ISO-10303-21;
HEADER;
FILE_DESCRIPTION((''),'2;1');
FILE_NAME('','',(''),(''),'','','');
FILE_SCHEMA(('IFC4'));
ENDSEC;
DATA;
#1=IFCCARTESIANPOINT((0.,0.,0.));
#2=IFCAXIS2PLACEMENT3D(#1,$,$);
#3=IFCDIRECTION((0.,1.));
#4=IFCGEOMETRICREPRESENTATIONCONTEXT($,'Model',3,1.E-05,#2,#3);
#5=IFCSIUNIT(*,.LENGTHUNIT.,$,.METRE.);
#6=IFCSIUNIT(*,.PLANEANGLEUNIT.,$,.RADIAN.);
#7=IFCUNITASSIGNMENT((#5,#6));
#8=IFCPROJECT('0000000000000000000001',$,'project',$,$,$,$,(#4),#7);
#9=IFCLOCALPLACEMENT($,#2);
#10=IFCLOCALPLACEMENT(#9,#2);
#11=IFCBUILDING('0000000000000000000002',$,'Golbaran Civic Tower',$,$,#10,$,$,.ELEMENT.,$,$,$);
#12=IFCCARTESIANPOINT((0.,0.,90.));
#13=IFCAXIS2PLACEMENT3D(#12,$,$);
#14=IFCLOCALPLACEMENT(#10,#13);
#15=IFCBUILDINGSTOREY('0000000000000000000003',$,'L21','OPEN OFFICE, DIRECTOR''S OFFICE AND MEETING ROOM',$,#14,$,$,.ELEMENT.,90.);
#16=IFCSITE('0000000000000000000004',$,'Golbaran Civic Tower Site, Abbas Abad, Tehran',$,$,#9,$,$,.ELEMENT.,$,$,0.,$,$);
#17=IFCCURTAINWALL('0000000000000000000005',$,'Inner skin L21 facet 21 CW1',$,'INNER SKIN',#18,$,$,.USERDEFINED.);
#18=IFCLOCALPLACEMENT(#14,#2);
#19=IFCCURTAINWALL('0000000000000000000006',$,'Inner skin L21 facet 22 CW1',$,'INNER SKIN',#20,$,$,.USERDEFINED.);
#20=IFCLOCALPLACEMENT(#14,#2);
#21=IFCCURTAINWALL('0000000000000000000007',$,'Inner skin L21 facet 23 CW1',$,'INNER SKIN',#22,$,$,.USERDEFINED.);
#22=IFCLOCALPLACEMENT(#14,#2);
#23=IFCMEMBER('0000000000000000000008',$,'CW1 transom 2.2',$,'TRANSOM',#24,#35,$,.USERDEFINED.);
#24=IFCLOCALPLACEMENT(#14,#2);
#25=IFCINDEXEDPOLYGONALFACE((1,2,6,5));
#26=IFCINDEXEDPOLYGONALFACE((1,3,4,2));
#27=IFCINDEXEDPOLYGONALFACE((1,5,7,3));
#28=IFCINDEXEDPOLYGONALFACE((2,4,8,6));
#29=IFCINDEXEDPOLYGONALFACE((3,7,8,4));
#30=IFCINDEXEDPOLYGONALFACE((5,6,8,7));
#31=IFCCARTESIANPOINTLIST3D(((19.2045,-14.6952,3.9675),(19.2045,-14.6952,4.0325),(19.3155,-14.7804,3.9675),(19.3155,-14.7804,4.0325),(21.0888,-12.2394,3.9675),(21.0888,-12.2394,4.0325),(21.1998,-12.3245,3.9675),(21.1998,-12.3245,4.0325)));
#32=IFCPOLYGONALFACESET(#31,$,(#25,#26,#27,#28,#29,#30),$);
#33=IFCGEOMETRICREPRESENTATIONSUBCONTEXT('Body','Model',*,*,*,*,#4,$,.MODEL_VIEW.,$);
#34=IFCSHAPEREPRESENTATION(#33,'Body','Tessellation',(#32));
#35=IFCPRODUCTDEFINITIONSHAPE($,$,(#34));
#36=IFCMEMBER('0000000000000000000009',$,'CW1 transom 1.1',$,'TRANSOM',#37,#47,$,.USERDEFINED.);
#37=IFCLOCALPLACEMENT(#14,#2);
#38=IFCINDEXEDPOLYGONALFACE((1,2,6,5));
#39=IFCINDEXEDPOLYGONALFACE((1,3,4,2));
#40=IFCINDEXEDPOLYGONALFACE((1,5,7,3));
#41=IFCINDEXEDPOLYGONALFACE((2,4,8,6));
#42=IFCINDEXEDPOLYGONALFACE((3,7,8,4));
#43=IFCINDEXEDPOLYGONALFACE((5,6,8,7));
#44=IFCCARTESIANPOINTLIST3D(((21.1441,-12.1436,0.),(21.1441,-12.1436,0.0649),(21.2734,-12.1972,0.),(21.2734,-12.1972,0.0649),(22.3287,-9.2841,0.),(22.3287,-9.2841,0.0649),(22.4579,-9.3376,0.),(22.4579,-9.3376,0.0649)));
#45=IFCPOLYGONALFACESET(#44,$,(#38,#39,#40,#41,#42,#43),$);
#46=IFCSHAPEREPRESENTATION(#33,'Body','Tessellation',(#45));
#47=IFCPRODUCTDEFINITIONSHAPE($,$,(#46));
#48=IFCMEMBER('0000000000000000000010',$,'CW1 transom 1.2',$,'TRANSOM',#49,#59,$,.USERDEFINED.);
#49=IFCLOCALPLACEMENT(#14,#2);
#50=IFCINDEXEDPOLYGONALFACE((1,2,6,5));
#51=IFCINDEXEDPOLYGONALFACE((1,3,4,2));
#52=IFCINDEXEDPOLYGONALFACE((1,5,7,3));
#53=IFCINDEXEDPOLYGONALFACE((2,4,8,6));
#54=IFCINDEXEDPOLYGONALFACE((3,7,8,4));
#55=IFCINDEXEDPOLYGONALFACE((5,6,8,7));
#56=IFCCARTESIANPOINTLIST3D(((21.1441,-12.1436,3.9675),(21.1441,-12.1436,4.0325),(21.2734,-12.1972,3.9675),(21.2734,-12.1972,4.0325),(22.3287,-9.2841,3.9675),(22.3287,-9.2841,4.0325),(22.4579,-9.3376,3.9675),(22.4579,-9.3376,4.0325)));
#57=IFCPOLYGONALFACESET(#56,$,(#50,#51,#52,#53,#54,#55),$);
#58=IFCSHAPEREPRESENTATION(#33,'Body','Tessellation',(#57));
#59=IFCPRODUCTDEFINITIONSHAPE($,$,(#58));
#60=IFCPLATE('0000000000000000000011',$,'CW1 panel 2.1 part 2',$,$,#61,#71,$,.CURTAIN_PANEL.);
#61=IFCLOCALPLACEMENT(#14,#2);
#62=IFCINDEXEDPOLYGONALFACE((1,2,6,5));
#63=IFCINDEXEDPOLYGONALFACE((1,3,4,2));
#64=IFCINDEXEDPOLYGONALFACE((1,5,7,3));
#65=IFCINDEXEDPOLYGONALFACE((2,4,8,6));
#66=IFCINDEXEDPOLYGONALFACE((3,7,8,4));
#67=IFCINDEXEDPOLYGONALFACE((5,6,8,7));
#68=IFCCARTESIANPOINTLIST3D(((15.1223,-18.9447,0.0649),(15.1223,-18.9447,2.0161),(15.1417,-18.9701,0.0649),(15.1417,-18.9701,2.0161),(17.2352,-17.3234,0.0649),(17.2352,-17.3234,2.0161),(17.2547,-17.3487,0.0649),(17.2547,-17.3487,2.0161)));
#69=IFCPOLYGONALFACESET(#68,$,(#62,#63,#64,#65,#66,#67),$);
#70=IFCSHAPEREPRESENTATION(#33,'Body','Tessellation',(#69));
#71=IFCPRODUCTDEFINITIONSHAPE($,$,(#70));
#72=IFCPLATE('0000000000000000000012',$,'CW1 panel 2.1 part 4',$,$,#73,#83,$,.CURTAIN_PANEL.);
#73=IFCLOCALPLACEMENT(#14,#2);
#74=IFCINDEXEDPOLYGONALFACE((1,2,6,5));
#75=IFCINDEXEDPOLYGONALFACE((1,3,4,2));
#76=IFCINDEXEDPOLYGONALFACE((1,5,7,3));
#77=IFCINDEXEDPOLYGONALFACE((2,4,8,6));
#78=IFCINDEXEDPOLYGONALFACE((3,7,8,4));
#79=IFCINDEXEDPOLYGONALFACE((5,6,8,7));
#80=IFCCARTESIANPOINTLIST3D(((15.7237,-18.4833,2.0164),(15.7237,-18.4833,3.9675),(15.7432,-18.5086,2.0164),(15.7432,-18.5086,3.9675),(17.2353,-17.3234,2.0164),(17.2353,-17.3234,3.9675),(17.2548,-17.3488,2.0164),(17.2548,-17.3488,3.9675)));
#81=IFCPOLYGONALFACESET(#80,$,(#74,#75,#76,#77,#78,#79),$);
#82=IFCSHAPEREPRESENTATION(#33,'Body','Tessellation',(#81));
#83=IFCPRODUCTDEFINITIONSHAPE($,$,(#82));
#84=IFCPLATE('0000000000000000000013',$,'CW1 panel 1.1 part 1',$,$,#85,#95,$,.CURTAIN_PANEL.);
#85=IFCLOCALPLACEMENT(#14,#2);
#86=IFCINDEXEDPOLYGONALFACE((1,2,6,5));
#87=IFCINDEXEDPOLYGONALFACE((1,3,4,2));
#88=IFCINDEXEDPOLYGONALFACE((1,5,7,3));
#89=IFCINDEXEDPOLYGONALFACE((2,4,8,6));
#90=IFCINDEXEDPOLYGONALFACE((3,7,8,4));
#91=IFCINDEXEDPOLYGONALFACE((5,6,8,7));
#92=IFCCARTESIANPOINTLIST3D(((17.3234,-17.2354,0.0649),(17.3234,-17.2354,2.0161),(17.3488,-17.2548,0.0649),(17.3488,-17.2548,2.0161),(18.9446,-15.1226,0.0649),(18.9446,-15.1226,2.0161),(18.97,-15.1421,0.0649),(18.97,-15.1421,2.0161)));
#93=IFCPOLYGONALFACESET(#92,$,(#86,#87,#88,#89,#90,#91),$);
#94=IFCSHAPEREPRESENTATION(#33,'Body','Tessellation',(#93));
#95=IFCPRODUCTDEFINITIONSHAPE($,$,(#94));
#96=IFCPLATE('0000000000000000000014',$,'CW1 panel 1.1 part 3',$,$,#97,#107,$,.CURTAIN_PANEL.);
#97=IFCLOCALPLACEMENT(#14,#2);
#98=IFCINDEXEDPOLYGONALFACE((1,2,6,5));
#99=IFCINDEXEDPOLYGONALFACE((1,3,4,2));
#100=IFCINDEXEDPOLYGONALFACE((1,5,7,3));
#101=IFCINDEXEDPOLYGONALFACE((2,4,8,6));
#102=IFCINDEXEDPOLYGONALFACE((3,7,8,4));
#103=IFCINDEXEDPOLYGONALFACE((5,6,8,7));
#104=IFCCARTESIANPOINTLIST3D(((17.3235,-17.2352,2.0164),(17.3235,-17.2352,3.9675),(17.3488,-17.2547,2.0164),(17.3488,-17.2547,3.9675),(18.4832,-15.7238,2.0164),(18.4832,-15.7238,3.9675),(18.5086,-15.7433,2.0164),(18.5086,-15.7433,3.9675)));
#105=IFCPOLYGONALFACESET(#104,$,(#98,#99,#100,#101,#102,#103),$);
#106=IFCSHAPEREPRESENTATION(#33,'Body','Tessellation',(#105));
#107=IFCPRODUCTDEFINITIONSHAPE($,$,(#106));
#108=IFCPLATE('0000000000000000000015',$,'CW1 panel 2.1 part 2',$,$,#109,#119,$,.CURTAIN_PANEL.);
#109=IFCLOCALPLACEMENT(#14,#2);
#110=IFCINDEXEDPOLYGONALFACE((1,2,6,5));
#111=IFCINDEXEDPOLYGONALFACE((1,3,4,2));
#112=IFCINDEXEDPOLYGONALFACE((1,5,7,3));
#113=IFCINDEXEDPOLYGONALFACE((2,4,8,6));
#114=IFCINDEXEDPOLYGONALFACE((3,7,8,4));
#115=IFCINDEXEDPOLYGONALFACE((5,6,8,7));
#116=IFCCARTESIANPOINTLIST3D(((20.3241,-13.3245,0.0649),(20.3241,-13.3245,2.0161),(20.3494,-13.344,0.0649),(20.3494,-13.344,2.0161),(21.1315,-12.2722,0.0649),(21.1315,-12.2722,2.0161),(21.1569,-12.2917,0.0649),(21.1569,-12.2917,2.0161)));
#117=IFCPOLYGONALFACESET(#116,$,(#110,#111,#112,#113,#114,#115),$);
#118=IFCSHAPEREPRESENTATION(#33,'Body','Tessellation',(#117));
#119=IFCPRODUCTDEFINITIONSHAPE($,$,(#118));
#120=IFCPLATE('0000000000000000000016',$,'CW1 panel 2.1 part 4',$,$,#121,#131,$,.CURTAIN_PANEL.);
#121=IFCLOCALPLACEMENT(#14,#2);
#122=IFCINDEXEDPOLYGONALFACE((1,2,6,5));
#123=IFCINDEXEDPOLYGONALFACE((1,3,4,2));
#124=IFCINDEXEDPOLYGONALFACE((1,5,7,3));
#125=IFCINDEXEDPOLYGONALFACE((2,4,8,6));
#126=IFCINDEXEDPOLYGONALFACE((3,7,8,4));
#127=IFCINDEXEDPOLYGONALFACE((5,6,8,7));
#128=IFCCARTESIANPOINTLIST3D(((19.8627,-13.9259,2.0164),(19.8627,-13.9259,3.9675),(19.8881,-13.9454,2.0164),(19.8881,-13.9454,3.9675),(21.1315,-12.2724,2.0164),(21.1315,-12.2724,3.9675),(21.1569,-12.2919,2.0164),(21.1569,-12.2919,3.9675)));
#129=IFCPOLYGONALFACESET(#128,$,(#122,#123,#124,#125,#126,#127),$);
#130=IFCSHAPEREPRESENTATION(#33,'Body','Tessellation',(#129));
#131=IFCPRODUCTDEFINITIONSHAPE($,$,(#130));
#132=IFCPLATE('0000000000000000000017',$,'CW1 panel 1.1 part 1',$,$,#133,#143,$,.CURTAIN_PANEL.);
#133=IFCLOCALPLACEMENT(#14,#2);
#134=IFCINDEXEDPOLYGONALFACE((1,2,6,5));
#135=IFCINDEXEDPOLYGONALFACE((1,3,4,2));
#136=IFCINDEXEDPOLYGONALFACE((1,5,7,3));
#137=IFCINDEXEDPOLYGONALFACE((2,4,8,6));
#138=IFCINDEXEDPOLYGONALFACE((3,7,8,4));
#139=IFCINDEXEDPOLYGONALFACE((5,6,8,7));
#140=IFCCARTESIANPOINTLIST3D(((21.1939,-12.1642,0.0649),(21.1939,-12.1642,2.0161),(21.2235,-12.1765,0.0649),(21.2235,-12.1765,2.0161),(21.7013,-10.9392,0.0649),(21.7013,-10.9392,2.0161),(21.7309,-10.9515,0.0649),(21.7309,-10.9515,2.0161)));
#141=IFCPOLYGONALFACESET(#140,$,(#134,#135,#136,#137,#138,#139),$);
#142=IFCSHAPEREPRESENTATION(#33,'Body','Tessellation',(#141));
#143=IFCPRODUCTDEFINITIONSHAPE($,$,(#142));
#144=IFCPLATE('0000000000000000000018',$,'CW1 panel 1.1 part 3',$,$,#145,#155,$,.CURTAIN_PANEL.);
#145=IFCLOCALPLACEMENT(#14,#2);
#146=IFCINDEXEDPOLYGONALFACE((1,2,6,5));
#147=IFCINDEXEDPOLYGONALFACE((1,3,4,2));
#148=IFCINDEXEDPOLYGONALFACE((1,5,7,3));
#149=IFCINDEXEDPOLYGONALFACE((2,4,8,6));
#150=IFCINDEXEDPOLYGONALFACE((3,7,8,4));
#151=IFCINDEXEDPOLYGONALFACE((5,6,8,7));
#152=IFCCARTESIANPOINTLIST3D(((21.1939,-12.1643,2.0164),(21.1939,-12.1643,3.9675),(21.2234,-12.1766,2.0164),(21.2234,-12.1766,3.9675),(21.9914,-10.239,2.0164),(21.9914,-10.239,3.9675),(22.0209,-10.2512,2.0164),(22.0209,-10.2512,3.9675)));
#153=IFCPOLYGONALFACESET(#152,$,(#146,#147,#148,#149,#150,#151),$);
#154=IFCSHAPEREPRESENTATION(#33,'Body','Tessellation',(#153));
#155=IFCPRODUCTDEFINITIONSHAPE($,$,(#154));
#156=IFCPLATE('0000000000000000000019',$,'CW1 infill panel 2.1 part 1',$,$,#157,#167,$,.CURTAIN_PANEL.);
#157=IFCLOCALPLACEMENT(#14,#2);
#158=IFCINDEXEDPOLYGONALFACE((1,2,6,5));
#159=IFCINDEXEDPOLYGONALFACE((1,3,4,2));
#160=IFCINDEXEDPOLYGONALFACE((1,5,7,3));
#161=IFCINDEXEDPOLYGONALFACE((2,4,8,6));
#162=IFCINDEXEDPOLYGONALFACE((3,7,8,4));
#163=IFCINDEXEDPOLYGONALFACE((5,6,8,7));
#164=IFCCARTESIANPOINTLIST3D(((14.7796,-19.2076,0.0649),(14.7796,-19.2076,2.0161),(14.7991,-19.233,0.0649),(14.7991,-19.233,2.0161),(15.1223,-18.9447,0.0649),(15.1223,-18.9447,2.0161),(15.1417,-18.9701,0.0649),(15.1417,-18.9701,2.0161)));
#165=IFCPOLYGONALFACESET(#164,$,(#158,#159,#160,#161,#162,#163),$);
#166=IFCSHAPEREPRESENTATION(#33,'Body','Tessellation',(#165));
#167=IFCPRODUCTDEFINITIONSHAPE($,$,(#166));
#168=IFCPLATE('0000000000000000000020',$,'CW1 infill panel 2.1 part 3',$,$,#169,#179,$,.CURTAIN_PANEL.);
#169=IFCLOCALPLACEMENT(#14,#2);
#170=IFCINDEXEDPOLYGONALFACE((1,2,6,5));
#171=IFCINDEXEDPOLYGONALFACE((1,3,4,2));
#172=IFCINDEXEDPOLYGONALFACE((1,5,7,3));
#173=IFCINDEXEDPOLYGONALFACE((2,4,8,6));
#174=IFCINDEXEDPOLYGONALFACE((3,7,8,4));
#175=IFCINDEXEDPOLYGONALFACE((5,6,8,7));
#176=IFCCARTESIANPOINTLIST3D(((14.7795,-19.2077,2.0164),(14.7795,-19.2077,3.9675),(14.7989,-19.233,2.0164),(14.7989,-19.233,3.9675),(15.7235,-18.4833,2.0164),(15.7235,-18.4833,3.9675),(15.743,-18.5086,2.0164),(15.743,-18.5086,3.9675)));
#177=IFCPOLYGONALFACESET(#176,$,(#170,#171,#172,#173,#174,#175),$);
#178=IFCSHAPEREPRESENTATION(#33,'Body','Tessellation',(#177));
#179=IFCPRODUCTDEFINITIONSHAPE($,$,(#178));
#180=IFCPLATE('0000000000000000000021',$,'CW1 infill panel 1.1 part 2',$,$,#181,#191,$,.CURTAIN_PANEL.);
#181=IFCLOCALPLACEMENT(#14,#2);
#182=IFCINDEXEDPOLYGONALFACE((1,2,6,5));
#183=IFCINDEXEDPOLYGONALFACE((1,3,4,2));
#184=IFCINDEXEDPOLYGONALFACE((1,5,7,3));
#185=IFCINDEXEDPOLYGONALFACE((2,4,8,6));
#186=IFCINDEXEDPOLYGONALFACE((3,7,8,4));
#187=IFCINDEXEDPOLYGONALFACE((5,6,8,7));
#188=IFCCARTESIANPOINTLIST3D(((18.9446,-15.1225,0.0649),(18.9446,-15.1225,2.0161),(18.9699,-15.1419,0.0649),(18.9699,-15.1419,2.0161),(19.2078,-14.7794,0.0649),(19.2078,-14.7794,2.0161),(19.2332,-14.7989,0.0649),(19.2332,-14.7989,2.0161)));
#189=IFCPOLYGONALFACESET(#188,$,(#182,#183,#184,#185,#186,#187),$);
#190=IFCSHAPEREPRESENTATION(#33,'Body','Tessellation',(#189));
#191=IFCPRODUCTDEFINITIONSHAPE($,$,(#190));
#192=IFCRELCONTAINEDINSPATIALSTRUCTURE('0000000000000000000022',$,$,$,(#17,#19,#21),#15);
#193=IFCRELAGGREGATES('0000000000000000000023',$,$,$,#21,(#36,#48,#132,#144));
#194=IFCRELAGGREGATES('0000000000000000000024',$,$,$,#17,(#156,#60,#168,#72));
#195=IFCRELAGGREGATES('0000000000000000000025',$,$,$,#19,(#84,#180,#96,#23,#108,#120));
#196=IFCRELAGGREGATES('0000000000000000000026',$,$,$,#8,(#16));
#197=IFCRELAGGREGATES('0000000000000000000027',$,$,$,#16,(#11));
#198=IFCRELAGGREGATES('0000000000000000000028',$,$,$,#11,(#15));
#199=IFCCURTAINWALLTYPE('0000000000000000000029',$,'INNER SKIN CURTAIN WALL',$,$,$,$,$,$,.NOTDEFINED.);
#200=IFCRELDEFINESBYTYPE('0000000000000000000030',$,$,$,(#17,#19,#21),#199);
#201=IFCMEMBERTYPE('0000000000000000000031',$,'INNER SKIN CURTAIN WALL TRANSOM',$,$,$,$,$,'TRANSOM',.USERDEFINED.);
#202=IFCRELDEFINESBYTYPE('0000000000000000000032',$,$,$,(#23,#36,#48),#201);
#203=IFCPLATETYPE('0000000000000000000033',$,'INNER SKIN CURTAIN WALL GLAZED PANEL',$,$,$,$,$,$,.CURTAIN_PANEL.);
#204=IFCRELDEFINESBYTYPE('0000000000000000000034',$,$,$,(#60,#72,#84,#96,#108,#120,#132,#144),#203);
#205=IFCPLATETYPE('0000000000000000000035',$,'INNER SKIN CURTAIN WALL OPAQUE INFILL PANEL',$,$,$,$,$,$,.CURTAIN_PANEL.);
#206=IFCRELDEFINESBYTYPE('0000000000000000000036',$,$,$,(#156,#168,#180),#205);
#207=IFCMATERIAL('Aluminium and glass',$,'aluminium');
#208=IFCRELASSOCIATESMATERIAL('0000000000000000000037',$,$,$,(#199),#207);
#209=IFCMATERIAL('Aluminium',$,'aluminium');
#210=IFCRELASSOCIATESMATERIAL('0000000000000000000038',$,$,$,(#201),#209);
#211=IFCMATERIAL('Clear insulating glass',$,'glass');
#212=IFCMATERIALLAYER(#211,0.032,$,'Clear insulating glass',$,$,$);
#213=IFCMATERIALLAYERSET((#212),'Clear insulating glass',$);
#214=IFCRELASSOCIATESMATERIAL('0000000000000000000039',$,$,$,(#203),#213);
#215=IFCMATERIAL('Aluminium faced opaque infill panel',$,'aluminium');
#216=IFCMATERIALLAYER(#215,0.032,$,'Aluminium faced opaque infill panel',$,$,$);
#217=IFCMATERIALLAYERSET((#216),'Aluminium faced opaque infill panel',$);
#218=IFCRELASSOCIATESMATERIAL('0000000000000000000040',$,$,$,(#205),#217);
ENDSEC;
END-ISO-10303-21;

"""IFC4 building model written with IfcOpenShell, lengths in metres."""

from ifc_helpers import new_model, si_unit, direction, frame, origin, origin_2d, place, context, subcontext, project, spatial, rectangle, extrude, material, layer, layer_set, material_profile, profile_set, type_object, element, aggregate, save


model = new_model("IFC4")

# Units and contexts
model_context = context("Model", 3, precision=1e-05, world=origin(), true_north=direction((0.0, 1.0)))
body_context = subcontext(model_context, "Body", "Model", "MODEL_VIEW")
ifc_project = project(units=[si_unit("LENGTHUNIT", "METRE"), si_unit("PLANEANGLEUNIT", "RADIAN")], contexts=[model_context])

# Site, building, storey
site_placement = place(None, origin())
site = spatial("IfcSite", under=ifc_project, at=site_placement, Name="Golbaran Civic Tower Site, Abbas Abad, Tehran", CompositionType="ELEMENT", RefElevation=0.0)
building_placement = place(site_placement, origin())
building = spatial("IfcBuilding", under=site, at=building_placement, Name="Golbaran Civic Tower", CompositionType="ELEMENT")
storey_placement = place(building_placement, frame((0.0, 0.0, 90.0)))
storey = spatial("IfcBuildingStorey", under=building, at=storey_placement, Name="L21", Description="OPEN OFFICE, DIRECTOR'S OFFICE AND MEETING ROOM", CompositionType="ELEMENT", Elevation=90.0)

# Curtain walls
ifc_material_1 = material(Name="Aluminium and glass", Category="aluminium")
curtain_wall_type = type_object("IfcCurtainWallType", Name="INNER SKIN CURTAIN WALL", PredefinedType="NOTDEFINED", material=ifc_material_1)
curtain_wall_1_placement = place(storey_placement, origin())
curtain_wall_1 = element("IfcCurtainWall", 1, at=curtain_wall_1_placement, inside=storey, type_object=curtain_wall_type, Name="Inner skin L21 facet 21 CW1", ObjectType="INNER SKIN", PredefinedType="USERDEFINED")
ifc_material_2 = material(Name="Aluminium", Category="aluminium")
curtain_wall_2_placement = place(storey_placement, origin())
curtain_wall_2 = element("IfcCurtainWall", 2, at=curtain_wall_2_placement, inside=storey, type_object=curtain_wall_type, Name="Inner skin L21 facet 22 CW1", ObjectType="INNER SKIN", PredefinedType="USERDEFINED")

# Curtain wall
curtain_wall_3_placement = place(storey_placement, origin())
curtain_wall_3 = element("IfcCurtainWall", 3, at=curtain_wall_3_placement, inside=storey, type_object=curtain_wall_type, Name="Inner skin L21 facet 23 CW1", ObjectType="INNER SKIN", PredefinedType="USERDEFINED")

# Members
ifc_material_profile_1 = material_profile(ifc_material_2, rectangle(XDim=0.1399, YDim=0.0649, at=origin_2d()), Name="INNER SKIN CURTAIN WALL TRANSOM")
ifc_profile_set_1 = profile_set([ifc_material_profile_1], Name="Aluminium")
member_type_1 = type_object("IfcMemberType", Name="INNER SKIN CURTAIN WALL TRANSOM", ElementType="TRANSOM", PredefinedType="USERDEFINED", material=ifc_profile_set_1)
member_1_placement = place(storey_placement, frame((19.26, -14.7378, 4.0), z_axis=(0.608735, 0.793374, 0.0), x_axis=(-0.793374, 0.608735, 0.0)))
member_1 = element("IfcMember", 4, at=member_1_placement, type_object=member_type_1, Name="CW1 transom 2.2", ObjectType="TRANSOM", PredefinedType="USERDEFINED", context=body_context, shape_type="SweptSolid", body=[
    extrude(rectangle(XDim=0.1399, YDim=0.0649, at=origin_2d()), origin(), (0.0, 0.0, 1.0), 3.0955),
])
member_2_placement = place(storey_placement, frame((21.2087, -12.1704, 0.0325), z_axis=(0.382705, 0.923871, 0.0), x_axis=(-0.923871, 0.382705, 0.0)))
member_2 = element("IfcMember", 5, at=member_2_placement, type_object=member_type_1, Name="CW1 transom 1.1", ObjectType="TRANSOM", PredefinedType="USERDEFINED", context=body_context, shape_type="SweptSolid", body=[
    extrude(rectangle(XDim=0.1399, YDim=0.0649, at=origin_2d()), origin(), (0.0, 0.0, 1.0), 3.0952),
])
member_3_placement = place(storey_placement, frame((21.2087, -12.1704, 4.0), z_axis=(0.382705, 0.923871, 0.0), x_axis=(-0.923871, 0.382705, 0.0)))
member_3 = element("IfcMember", 6, at=member_3_placement, type_object=member_type_1, Name="CW1 transom 1.2", ObjectType="TRANSOM", PredefinedType="USERDEFINED", context=body_context, shape_type="SweptSolid", body=[
    extrude(rectangle(XDim=0.1399, YDim=0.0649, at=origin_2d()), origin(), (0.0, 0.0, 1.0), 3.0952),
])

# Plates
ifc_material_3 = material(Name="Clear insulating glass", Category="glass")
ifc_layer_1 = layer(ifc_material_3, 0.032, Name="Clear insulating glass")
ifc_layer_set_1 = layer_set([ifc_layer_1], Name="Clear insulating glass")
plate_type_1 = type_object("IfcPlateType", Name="INNER SKIN CURTAIN WALL GLAZED PANEL", PredefinedType="CURTAIN_PANEL", material=ifc_layer_set_1)
plate_1_placement = place(storey_placement, frame((16.1885, -18.1467, 0.0649), z_axis=(0.0, 0.0, 1.0), x_axis=(0.793353, 0.608761, 0.0)))
plate_1 = element("IfcPlate", 7, at=plate_1_placement, type_object=plate_type_1, Name="CW1 panel 2.1 part 2", PredefinedType="CURTAIN_PANEL", context=body_context, shape_type="SweptSolid", body=[
    extrude(rectangle(XDim=2.6633, YDim=0.032, at=origin_2d()), origin(), (0.0, 0.0, 1.0), 1.9512),
])
plate_2_placement = place(storey_placement, frame((16.4893, -17.916, 2.0164), z_axis=(0.0, 0.0, 1.0), x_axis=(0.793353, 0.608761, 0.0)))
plate_2 = element("IfcPlate", 8, at=plate_2_placement, type_object=plate_type_1, Name="CW1 panel 2.1 part 4", PredefinedType="CURTAIN_PANEL", context=body_context, shape_type="SweptSolid", body=[
    extrude(rectangle(XDim=1.9053, YDim=0.032, at=origin_2d()), origin(), (0.0, 0.0, 1.0), 1.9512),
])
plate_3_placement = place(storey_placement, frame((18.1467, -16.1887, 0.0649), z_axis=(0.0, 0.0, 1.0), x_axis=(0.608761, 0.793353, 0.0)))
plate_3 = element("IfcPlate", 9, at=plate_3_placement, type_object=plate_type_1, Name="CW1 panel 1.1 part 1", PredefinedType="CURTAIN_PANEL", context=body_context, shape_type="SweptSolid", body=[
    extrude(rectangle(XDim=2.6631, YDim=0.032, at=origin_2d()), origin(), (0.0, 0.0, 1.0), 1.9512),
])
plate_4_placement = place(storey_placement, frame((17.916, -16.4893, 2.0164), z_axis=(0.0, 0.0, 1.0), x_axis=(0.608761, 0.793353, 0.0)))
plate_4 = element("IfcPlate", 10, at=plate_4_placement, type_object=plate_type_1, Name="CW1 panel 1.1 part 3", PredefinedType="CURTAIN_PANEL", context=body_context, shape_type="SweptSolid", body=[
    extrude(rectangle(XDim=1.905, YDim=0.032, at=origin_2d()), origin(), (0.0, 0.0, 1.0), 1.9512),
])
plate_5_placement = place(storey_placement, frame((20.7405, -12.8081, 0.0649), z_axis=(0.0, 0.0, 1.0), x_axis=(0.608761, 0.793353, 0.0)))
plate_5 = element("IfcPlate", 11, at=plate_5_placement, type_object=plate_type_1, Name="CW1 panel 2.1 part 2", PredefinedType="CURTAIN_PANEL", context=body_context, shape_type="SweptSolid", body=[
    extrude(rectangle(XDim=1.3264, YDim=0.032, at=origin_2d()), origin(), (0.0, 0.0, 1.0), 1.9512),
])
plate_6_placement = place(storey_placement, frame((20.5098, -13.1089, 2.0164), z_axis=(0.0, 0.0, 1.0), x_axis=(0.608761, 0.793353, 0.0)))
plate_6 = element("IfcPlate", 12, at=plate_6_placement, type_object=plate_type_1, Name="CW1 panel 2.1 part 4", PredefinedType="CURTAIN_PANEL", context=body_context, shape_type="SweptSolid", body=[
    extrude(rectangle(XDim=2.0842, YDim=0.032, at=origin_2d()), origin(), (0.0, 0.0, 1.0), 1.9512),
])
plate_7_placement = place(storey_placement, frame((21.4624, -11.5579, 0.0649), z_axis=(0.0, 0.0, 1.0), x_axis=(0.382683, 0.92388, 0.0)))
plate_7 = element("IfcPlate", 13, at=plate_7_placement, type_object=plate_type_1, Name="CW1 panel 1.1 part 1", PredefinedType="CURTAIN_PANEL", context=body_context, shape_type="SweptSolid", body=[
    extrude(rectangle(XDim=1.3259, YDim=0.032, at=origin_2d()), origin(), (0.0, 0.0, 1.0), 1.9512),
])
plate_8_placement = place(storey_placement, frame((21.6074, -11.2078, 2.0164), z_axis=(0.0, 0.0, 1.0), x_axis=(0.382683, 0.92388, 0.0)))
plate_8 = element("IfcPlate", 14, at=plate_8_placement, type_object=plate_type_1, Name="CW1 panel 1.1 part 3", PredefinedType="CURTAIN_PANEL", context=body_context, shape_type="SweptSolid", body=[
    extrude(rectangle(XDim=2.084, YDim=0.032, at=origin_2d()), origin(), (0.0, 0.0, 1.0), 1.9512),
])
aggregate(curtain_wall_3, [member_2, member_3, plate_7, plate_8])
ifc_material_4 = material(Name="Aluminium faced opaque infill panel", Category="aluminium")
ifc_layer_2 = layer(ifc_material_4, 0.032, Name="Aluminium faced opaque infill panel")
ifc_layer_set_2 = layer_set([ifc_layer_2], Name="Aluminium faced opaque infill panel")
plate_type_2 = type_object("IfcPlateType", Name="INNER SKIN CURTAIN WALL OPAQUE INFILL PANEL", PredefinedType="CURTAIN_PANEL", material=ifc_layer_set_2)
plate_9_placement = place(storey_placement, frame((14.9607, -19.0889, 0.0649), z_axis=(0.0, 0.0, 1.0), x_axis=(0.793353, 0.608761, 0.0)))
plate_9 = element("IfcPlate", 15, at=plate_9_placement, type_object=plate_type_2, Name="CW1 infill panel 2.1 part 1", PredefinedType="CURTAIN_PANEL", context=body_context, shape_type="SweptSolid", body=[
    extrude(rectangle(XDim=0.4319, YDim=0.032, at=origin_2d()), origin(), (0.0, 0.0, 1.0), 1.9512),
])
plate_10_placement = place(storey_placement, frame((15.2612, -18.8582, 2.0164), z_axis=(0.0, 0.0, 1.0), x_axis=(0.793353, 0.608761, 0.0)))
plate_10 = element("IfcPlate", 16, at=plate_10_placement, type_object=plate_type_2, Name="CW1 infill panel 2.1 part 3", PredefinedType="CURTAIN_PANEL", context=body_context, shape_type="SweptSolid", body=[
    extrude(rectangle(XDim=1.1899, YDim=0.032, at=origin_2d()), origin(), (0.0, 0.0, 1.0), 1.9512),
])
aggregate(curtain_wall_1, [plate_9, plate_1, plate_10, plate_2])
plate_11_placement = place(storey_placement, frame((19.0889, -14.9607, 0.0649), z_axis=(0.0, 0.0, 1.0), x_axis=(0.608761, 0.793353, 0.0)))
plate_11 = element("IfcPlate", 17, at=plate_11_placement, type_object=plate_type_2, Name="CW1 infill panel 1.1 part 2", PredefinedType="CURTAIN_PANEL", context=body_context, shape_type="SweptSolid", body=[
    extrude(rectangle(XDim=0.4324, YDim=0.032, at=origin_2d()), origin(), (0.0, 0.0, 1.0), 1.9512),
])
aggregate(curtain_wall_2, [plate_3, plate_11, plate_4, member_1, plate_5, plate_6])

save(model, "model.ifc")
